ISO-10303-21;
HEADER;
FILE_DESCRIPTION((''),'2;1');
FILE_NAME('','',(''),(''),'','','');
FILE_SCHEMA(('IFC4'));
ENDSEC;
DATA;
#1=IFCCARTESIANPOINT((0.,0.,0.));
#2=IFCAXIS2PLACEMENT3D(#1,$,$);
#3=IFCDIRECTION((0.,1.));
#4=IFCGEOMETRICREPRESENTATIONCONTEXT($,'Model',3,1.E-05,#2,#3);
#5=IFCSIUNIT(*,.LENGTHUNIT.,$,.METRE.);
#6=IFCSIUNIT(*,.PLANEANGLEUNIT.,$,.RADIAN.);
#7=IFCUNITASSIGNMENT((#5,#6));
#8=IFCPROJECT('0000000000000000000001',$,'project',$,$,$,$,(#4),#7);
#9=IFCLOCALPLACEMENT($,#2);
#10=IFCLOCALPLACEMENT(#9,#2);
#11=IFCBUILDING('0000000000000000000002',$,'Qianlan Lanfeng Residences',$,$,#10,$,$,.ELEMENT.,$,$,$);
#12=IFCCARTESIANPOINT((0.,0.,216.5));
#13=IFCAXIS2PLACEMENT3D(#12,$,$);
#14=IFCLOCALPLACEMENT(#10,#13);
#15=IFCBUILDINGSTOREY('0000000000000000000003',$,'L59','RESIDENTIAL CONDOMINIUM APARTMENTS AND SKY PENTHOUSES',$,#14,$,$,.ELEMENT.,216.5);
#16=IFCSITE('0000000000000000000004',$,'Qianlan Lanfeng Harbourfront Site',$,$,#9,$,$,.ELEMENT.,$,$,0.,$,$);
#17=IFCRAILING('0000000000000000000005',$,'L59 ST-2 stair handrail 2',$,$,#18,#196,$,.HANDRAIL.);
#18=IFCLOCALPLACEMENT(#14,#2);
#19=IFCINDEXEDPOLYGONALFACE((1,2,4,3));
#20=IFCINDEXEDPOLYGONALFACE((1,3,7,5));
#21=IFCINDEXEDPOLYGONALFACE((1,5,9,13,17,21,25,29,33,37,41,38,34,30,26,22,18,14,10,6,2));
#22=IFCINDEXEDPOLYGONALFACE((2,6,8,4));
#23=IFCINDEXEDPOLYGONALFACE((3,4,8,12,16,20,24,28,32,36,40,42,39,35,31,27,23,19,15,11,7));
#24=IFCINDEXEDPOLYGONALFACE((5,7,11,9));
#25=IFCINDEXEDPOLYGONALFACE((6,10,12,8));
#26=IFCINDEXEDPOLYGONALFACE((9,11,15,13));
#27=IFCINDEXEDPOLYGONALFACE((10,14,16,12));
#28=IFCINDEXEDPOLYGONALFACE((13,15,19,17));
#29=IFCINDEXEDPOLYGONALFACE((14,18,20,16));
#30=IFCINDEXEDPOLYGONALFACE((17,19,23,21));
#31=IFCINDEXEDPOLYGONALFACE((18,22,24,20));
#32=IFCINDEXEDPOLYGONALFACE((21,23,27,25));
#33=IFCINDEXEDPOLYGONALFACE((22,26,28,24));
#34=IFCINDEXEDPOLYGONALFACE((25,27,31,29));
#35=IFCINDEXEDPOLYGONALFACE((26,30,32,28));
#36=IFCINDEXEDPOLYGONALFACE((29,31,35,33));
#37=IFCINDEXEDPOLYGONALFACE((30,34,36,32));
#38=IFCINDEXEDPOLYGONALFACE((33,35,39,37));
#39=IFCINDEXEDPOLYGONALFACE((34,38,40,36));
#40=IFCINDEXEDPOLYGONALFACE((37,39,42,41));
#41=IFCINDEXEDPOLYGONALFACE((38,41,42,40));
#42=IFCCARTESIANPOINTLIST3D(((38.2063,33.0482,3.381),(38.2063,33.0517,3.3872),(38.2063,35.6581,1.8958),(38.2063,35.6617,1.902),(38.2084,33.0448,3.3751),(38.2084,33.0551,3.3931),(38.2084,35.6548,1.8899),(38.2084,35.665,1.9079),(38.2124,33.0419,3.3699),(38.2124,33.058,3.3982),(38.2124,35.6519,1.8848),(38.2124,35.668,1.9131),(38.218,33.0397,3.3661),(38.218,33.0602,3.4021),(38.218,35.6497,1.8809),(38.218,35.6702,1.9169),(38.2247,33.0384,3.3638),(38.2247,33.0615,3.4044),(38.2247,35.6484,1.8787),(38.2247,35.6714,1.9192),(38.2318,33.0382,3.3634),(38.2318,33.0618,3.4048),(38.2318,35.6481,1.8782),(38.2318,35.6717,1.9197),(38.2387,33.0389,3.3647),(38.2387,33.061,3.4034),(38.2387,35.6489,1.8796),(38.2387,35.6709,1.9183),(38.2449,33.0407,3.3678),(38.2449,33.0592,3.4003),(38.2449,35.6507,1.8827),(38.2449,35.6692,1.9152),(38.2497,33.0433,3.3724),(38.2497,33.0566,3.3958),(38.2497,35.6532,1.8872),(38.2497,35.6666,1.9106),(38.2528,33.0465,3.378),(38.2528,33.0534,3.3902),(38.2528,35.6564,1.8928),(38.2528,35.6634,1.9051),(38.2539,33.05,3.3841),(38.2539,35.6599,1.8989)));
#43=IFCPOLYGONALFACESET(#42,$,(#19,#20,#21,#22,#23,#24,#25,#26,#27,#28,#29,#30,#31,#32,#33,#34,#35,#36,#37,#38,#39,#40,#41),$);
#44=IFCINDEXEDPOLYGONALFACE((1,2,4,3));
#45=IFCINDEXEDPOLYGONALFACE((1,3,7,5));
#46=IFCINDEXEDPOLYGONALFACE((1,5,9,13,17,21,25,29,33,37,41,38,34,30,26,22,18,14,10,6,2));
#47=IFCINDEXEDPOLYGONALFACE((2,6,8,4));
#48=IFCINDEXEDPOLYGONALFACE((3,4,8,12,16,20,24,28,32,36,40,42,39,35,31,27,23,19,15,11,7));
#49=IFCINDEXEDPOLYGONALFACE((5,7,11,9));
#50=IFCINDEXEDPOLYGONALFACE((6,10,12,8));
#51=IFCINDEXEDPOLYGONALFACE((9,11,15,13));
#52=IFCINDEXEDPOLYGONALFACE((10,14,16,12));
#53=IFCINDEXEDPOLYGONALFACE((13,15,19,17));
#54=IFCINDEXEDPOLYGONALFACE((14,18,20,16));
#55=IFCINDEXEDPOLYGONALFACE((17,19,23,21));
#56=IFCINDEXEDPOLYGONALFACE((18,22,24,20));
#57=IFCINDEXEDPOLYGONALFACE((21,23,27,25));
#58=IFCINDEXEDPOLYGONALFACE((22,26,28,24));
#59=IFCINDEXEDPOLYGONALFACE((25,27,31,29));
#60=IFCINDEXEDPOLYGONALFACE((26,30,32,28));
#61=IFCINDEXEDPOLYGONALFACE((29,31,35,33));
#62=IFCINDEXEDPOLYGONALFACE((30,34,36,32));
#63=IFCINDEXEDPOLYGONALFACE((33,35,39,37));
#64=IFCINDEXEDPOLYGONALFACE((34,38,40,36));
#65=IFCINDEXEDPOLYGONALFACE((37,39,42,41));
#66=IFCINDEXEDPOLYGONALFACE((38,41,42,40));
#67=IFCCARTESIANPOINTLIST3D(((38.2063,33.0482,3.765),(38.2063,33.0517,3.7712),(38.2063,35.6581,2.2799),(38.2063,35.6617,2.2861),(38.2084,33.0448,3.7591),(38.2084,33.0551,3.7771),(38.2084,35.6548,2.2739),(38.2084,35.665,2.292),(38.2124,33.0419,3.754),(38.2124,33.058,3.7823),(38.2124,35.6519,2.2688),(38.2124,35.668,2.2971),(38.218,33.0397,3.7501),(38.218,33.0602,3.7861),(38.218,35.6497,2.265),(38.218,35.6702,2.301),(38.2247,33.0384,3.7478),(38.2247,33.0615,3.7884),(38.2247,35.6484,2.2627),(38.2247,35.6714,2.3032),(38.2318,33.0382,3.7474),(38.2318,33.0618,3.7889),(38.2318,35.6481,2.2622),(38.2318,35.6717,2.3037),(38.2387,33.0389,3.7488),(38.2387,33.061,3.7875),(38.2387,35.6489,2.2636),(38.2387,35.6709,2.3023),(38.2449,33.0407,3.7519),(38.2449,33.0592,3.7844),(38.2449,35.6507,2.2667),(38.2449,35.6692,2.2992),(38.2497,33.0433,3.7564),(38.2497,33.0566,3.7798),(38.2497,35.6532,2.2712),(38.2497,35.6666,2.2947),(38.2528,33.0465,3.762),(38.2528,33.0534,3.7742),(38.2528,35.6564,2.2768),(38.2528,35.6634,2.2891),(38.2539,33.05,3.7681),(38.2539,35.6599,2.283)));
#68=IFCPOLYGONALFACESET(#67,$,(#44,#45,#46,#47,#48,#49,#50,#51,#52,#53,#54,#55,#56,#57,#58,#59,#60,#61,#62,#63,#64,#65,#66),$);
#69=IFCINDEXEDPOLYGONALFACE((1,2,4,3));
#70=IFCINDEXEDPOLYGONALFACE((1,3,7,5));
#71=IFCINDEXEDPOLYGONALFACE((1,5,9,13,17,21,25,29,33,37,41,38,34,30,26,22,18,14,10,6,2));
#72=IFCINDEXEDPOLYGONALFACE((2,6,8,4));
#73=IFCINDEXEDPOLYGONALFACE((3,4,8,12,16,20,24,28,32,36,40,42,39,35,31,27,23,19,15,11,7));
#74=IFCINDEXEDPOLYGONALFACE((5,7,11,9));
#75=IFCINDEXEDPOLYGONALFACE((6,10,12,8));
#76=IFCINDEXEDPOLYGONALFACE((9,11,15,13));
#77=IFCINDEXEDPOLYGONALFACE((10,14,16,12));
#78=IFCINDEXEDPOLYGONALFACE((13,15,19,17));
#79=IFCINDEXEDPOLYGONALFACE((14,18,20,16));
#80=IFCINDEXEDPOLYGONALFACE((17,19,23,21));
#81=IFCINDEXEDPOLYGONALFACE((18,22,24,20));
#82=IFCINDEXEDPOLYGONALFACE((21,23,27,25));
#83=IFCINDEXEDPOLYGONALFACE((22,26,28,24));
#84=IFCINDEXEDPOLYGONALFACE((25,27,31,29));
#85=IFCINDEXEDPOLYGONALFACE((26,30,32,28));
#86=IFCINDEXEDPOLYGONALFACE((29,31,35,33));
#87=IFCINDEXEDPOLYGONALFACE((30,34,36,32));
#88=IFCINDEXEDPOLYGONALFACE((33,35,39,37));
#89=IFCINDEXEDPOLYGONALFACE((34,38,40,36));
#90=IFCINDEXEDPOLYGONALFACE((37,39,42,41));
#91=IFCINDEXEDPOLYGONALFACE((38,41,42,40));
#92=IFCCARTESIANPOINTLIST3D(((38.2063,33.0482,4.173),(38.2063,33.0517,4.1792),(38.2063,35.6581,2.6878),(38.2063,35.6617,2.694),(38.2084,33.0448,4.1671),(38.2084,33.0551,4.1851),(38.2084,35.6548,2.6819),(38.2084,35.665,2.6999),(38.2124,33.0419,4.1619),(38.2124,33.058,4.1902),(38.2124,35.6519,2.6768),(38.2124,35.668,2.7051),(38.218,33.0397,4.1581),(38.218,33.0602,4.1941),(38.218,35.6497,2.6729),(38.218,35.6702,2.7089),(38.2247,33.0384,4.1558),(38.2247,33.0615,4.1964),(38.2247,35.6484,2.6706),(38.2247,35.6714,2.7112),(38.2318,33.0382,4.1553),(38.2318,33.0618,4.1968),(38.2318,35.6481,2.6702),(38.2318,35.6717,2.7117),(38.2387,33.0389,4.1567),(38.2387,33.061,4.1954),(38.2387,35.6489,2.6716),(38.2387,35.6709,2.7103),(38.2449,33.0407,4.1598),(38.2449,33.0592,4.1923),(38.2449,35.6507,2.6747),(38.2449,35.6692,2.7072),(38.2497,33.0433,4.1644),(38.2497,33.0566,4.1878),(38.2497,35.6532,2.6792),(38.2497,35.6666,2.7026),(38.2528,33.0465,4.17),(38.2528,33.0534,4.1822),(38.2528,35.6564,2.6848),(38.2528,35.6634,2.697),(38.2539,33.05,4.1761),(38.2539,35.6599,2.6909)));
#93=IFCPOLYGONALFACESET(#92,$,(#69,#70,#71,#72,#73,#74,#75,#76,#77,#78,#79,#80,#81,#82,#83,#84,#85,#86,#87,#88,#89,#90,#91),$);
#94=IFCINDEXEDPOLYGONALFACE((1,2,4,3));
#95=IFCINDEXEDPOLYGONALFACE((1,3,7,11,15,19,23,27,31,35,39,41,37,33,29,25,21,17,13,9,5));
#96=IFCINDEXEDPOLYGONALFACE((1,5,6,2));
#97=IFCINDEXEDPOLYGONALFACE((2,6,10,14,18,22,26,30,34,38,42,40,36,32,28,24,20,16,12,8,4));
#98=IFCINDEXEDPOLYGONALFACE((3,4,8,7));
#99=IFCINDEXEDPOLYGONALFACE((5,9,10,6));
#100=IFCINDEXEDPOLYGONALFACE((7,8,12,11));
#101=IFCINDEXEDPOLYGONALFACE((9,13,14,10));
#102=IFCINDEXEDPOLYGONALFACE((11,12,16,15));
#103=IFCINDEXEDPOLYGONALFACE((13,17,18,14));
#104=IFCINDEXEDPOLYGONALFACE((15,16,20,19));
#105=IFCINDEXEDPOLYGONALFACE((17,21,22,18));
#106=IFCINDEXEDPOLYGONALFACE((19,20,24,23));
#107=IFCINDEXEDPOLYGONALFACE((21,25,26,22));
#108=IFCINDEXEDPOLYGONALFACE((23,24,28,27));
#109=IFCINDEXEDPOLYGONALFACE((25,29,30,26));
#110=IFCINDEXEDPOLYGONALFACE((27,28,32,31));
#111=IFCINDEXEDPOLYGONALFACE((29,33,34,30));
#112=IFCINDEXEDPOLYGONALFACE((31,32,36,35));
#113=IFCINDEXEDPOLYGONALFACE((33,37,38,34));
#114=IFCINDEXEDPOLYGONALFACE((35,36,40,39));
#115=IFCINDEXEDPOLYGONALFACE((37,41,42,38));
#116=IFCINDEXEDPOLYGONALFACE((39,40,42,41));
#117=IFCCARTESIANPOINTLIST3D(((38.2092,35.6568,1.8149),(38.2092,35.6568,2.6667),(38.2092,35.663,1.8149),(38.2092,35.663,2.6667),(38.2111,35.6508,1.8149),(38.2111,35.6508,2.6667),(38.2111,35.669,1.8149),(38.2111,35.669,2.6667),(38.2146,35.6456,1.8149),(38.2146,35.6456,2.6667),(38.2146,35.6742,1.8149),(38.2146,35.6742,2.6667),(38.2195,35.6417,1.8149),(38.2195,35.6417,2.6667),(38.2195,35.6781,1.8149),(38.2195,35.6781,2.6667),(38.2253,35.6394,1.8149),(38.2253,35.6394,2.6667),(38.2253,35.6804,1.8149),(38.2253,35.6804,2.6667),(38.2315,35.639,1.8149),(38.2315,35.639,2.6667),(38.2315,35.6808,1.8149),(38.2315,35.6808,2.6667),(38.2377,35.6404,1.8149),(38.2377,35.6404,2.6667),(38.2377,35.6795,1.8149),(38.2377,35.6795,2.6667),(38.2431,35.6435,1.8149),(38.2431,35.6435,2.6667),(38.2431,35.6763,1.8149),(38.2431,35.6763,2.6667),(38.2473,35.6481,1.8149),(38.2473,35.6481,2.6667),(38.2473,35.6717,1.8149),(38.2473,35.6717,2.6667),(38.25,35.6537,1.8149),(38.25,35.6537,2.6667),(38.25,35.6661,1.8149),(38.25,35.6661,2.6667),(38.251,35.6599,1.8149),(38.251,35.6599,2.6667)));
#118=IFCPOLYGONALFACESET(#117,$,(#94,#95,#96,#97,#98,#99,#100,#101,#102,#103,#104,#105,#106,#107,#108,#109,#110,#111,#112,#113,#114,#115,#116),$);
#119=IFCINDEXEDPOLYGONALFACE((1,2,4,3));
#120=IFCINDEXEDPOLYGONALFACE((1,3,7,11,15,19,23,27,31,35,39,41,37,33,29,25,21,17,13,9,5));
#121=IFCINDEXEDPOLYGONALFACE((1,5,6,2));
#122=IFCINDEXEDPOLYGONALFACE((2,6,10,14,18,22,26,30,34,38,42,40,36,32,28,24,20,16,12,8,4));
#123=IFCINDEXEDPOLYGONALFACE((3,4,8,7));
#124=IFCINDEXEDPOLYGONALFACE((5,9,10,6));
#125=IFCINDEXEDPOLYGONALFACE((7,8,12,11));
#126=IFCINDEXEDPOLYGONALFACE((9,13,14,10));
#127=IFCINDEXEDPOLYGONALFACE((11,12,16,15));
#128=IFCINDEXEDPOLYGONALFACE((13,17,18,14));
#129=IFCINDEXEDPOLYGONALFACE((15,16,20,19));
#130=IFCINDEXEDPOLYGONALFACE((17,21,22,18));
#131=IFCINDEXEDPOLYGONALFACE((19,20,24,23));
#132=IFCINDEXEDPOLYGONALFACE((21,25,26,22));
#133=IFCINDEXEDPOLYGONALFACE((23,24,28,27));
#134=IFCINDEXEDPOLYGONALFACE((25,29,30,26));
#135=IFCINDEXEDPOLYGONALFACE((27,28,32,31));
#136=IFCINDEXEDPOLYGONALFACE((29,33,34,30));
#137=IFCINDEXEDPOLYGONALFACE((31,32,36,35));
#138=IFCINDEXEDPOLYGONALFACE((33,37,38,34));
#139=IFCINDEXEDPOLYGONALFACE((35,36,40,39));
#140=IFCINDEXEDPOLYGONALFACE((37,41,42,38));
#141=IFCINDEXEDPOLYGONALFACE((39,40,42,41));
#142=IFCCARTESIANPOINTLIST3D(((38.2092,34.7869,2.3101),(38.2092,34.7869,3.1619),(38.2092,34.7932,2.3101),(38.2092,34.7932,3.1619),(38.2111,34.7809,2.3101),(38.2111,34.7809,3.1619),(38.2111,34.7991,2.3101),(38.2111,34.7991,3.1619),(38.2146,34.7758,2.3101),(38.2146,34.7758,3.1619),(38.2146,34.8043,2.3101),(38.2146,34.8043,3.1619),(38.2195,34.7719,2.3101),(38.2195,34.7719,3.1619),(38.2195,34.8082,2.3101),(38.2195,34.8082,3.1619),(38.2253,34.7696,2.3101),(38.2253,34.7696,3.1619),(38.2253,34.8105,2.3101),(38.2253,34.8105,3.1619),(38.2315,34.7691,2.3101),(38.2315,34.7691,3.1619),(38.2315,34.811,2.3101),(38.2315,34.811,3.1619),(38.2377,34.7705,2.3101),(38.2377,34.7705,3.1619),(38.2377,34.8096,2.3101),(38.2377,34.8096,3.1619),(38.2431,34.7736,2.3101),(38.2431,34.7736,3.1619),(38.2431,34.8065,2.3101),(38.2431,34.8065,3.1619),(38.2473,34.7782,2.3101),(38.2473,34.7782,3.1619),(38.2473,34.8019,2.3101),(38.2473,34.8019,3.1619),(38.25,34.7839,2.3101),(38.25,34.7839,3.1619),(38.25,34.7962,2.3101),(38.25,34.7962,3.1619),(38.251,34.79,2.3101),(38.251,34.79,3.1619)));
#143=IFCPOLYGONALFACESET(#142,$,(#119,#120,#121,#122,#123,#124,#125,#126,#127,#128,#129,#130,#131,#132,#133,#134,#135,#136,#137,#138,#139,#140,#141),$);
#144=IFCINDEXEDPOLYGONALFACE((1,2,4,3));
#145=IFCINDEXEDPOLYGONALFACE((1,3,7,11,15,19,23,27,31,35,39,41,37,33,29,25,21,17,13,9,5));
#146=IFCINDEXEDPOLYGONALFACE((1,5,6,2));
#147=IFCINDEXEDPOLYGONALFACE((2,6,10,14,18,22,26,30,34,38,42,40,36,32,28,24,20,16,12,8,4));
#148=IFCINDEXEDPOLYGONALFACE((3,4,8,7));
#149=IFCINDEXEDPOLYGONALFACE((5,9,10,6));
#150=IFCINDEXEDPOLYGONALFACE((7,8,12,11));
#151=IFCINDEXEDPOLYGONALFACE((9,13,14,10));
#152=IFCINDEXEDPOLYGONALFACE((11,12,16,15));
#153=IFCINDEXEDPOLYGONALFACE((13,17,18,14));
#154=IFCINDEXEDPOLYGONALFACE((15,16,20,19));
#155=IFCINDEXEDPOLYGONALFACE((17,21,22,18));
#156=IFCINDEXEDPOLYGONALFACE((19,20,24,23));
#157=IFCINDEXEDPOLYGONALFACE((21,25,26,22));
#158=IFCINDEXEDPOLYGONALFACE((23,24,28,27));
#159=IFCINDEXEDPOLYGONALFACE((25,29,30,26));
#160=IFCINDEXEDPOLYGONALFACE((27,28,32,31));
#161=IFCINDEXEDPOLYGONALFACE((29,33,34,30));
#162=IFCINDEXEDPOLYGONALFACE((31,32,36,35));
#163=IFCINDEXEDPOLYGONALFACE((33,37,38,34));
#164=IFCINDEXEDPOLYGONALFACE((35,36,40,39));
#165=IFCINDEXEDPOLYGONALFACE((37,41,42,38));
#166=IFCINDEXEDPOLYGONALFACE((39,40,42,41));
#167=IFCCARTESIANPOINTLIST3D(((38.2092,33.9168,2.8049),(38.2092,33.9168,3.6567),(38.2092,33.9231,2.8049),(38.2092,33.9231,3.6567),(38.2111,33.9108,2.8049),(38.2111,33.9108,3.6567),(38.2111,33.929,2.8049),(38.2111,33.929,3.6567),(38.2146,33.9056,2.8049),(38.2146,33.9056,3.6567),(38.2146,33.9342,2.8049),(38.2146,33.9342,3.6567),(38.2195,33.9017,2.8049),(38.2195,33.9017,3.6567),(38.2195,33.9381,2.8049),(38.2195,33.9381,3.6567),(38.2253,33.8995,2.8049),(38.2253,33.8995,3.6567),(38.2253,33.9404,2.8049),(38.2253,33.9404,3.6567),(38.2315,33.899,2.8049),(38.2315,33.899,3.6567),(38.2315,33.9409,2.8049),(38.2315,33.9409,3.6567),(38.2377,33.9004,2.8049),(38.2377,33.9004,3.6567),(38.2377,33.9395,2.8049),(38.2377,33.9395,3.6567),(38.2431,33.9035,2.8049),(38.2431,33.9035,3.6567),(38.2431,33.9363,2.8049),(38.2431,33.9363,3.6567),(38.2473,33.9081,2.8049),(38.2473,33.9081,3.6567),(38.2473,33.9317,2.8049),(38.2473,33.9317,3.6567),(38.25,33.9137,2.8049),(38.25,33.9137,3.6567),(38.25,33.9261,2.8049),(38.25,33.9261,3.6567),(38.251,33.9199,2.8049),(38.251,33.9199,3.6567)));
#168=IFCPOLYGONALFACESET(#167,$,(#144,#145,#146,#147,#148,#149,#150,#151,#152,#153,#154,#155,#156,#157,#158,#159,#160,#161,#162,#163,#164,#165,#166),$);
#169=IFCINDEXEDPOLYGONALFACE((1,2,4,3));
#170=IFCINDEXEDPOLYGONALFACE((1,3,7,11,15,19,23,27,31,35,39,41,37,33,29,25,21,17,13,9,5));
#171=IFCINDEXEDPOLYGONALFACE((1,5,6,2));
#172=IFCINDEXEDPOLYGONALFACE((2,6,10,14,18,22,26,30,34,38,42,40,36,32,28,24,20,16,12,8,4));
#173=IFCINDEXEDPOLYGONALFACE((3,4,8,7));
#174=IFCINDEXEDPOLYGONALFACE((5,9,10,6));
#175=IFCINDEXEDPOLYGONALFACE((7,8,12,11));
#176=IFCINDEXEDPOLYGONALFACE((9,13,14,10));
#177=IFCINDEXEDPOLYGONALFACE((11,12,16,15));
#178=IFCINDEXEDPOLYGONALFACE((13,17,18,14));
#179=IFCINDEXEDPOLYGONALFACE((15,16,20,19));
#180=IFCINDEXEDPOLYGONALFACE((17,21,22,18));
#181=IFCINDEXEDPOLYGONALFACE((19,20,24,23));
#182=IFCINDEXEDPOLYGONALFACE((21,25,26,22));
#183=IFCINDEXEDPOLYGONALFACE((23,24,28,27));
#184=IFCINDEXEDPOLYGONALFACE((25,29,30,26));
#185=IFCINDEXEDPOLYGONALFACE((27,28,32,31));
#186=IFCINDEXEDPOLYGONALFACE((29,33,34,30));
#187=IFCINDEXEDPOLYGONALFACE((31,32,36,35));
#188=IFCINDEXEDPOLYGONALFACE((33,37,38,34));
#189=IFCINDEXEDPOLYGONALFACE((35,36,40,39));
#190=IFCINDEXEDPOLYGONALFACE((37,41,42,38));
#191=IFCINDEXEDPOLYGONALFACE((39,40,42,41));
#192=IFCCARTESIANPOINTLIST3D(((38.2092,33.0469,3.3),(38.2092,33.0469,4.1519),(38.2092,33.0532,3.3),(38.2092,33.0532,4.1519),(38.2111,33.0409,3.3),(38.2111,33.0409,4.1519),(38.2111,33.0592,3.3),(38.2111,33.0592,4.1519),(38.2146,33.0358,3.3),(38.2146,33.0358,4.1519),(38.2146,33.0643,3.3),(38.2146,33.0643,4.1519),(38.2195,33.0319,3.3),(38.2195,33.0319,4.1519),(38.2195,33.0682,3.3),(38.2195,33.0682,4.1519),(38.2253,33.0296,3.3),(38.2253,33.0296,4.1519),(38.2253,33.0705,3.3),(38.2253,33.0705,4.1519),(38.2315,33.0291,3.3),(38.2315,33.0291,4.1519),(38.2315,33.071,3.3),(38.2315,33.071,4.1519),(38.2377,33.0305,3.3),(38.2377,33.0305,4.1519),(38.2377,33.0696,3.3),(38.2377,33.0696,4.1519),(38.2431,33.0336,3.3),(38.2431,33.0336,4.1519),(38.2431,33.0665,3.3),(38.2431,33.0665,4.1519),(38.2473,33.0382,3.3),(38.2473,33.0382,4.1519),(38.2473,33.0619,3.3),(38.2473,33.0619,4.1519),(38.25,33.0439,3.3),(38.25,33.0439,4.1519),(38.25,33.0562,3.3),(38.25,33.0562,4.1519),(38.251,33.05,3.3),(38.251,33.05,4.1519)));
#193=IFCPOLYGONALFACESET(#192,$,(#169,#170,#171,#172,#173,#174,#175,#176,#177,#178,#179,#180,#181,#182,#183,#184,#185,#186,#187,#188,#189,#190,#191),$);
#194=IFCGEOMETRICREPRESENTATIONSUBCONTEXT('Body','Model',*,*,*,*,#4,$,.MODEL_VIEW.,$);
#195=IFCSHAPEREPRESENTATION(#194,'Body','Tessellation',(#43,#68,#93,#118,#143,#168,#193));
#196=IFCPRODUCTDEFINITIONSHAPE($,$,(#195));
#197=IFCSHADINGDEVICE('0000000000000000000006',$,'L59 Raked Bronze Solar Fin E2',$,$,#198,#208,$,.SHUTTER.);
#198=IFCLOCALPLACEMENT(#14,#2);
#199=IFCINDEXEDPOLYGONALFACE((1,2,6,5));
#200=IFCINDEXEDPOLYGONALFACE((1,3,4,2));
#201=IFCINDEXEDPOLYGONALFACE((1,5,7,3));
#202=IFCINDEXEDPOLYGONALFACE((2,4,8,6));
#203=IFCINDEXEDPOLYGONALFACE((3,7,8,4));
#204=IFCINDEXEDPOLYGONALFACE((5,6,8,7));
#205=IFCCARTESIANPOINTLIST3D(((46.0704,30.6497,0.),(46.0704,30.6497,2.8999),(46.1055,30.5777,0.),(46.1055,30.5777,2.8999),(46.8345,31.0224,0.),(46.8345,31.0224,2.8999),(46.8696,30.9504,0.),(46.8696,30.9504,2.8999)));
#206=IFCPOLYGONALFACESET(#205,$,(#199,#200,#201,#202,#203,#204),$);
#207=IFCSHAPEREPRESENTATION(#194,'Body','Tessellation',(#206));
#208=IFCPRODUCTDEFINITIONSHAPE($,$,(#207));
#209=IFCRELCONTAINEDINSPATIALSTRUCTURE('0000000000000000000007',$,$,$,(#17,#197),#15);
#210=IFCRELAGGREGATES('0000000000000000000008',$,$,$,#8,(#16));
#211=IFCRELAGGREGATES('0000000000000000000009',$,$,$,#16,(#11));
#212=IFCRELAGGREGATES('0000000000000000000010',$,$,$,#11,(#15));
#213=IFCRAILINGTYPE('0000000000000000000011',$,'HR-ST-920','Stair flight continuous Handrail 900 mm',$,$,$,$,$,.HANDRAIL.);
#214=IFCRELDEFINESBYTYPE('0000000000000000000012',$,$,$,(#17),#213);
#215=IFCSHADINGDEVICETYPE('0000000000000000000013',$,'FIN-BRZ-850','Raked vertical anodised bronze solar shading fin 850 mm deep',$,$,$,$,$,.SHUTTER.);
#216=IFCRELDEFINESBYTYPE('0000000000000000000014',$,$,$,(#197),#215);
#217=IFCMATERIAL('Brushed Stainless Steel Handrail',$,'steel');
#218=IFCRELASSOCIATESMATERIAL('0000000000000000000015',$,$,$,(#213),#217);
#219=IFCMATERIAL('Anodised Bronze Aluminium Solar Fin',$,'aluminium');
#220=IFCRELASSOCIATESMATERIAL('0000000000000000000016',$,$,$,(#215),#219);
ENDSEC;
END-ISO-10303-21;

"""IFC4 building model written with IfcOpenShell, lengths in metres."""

from ifc_helpers import new_model, si_unit, direction, frame, origin, origin_2d, place, context, subcontext, project, spatial, rectangle, circle, extrude, source, transform, mapped, material, type_object, element, save


model = new_model("IFC4")

# Units and contexts
model_context = context("Model", 3, precision=1e-05, world=origin(), true_north=direction((0.0, 1.0)))
body_context = subcontext(model_context, "Body", "Model", "MODEL_VIEW")
ifc_project = project(units=[si_unit("LENGTHUNIT", "METRE"), si_unit("PLANEANGLEUNIT", "RADIAN")], contexts=[model_context])

# Site, building, storey
site_placement = place(None, origin())
site = spatial("IfcSite", under=ifc_project, at=site_placement, Name="Qianlan Lanfeng Harbourfront Site", CompositionType="ELEMENT", RefElevation=0.0)
building_placement = place(site_placement, origin())
building = spatial("IfcBuilding", under=site, at=building_placement, Name="Qianlan Lanfeng Residences", CompositionType="ELEMENT")
storey_placement = place(building_placement, frame((0.0, 0.0, 216.5)))
storey = spatial("IfcBuildingStorey", under=building, at=storey_placement, Name="L59", Description="RESIDENTIAL CONDOMINIUM APARTMENTS AND SKY PENTHOUSES", CompositionType="ELEMENT", Elevation=216.5)

# Railing
ifc_material_1 = material(Name="Brushed Stainless Steel Handrail", Category="steel")
railing_type_1 = type_object("IfcRailingType", Name="HR-ST-920", Description="Stair flight continuous Handrail 900 mm", PredefinedType="HANDRAIL", material=ifc_material_1)
railing_1_placement = place(storey_placement, frame((38.23, 35.6599, 1.8149)))
element("IfcRailing", 1, at=railing_1_placement, inside=storey, type_object=railing_type_1, Name="L59 ST-2 stair handrail 2", PredefinedType="HANDRAIL", context=body_context, shape_type="SweptSolid", body=[
    extrude(circle(Radius=0.0239, at=origin_2d()), frame((0.0, 0.0, 0.084), z_axis=(0.0, -0.869137, 0.494571), x_axis=(1.0, 0.0, 0.0)), (0.0, 0.0, 1.0), 3.0029),
    extrude(circle(Radius=0.0239, at=origin_2d()), frame((0.0, 0.0, 0.468), z_axis=(0.0, -0.869137, 0.494571), x_axis=(1.0, 0.0, 0.0)), (0.0, 0.0, 1.0), 3.0029),
    extrude(circle(Radius=0.0239, at=origin_2d()), frame((0.0, 0.0, 0.876), z_axis=(0.0, -0.869137, 0.494571), x_axis=(1.0, 0.0, 0.0)), (0.0, 0.0, 1.0), 3.0029),
    extrude(circle(Radius=0.021, at=origin_2d()), origin(), (0.0, 0.0, 1.0), 0.8518),
    extrude(circle(Radius=0.021, at=origin_2d()), frame((0.0, -0.8699, 0.4951)), (0.0, 0.0, 1.0), 0.8518),
    extrude(circle(Radius=0.021, at=origin_2d()), frame((0.0, -1.74, 0.99)), (0.0, 0.0, 1.0), 0.8518),
    extrude(circle(Radius=0.021, at=origin_2d()), frame((0.0, -2.6099, 1.4851)), (0.0, 0.0, 1.0), 0.8518),
])

# Shading device
ifc_material_2 = material(Name="Anodised Bronze Aluminium Solar Fin", Category="aluminium")
shading_device_type = type_object("IfcShadingDeviceType", Name="FIN-BRZ-850", Description="Raked vertical anodised bronze solar shading fin 850 mm deep", PredefinedType="SHUTTER", material=ifc_material_2)
shared_shape_1 = source(origin(), body_context, "Body", "SweptSolid", [
    extrude(rectangle(XDim=0.8501, YDim=0.0801, at=origin_2d()), origin(), (0.0, 0.0, 1.0), 2.8999),
])
shading_device_placement = place(storey_placement, frame((46.47, 30.8, 0.0), z_axis=(0.0, 0.0, 1.0), x_axis=(0.898794, 0.438371, 0.0)))
element("IfcShadingDevice", 2, at=shading_device_placement, inside=storey, type_object=shading_device_type, Name="L59 Raked Bronze Solar Fin E2", PredefinedType="SHUTTER", context=body_context, shape_type="MappedRepresentation", body=[
    mapped(shared_shape_1, transform((0.0, 0.0, 0.0), scale=1.0)),
])

save(model, "model.ifc")
